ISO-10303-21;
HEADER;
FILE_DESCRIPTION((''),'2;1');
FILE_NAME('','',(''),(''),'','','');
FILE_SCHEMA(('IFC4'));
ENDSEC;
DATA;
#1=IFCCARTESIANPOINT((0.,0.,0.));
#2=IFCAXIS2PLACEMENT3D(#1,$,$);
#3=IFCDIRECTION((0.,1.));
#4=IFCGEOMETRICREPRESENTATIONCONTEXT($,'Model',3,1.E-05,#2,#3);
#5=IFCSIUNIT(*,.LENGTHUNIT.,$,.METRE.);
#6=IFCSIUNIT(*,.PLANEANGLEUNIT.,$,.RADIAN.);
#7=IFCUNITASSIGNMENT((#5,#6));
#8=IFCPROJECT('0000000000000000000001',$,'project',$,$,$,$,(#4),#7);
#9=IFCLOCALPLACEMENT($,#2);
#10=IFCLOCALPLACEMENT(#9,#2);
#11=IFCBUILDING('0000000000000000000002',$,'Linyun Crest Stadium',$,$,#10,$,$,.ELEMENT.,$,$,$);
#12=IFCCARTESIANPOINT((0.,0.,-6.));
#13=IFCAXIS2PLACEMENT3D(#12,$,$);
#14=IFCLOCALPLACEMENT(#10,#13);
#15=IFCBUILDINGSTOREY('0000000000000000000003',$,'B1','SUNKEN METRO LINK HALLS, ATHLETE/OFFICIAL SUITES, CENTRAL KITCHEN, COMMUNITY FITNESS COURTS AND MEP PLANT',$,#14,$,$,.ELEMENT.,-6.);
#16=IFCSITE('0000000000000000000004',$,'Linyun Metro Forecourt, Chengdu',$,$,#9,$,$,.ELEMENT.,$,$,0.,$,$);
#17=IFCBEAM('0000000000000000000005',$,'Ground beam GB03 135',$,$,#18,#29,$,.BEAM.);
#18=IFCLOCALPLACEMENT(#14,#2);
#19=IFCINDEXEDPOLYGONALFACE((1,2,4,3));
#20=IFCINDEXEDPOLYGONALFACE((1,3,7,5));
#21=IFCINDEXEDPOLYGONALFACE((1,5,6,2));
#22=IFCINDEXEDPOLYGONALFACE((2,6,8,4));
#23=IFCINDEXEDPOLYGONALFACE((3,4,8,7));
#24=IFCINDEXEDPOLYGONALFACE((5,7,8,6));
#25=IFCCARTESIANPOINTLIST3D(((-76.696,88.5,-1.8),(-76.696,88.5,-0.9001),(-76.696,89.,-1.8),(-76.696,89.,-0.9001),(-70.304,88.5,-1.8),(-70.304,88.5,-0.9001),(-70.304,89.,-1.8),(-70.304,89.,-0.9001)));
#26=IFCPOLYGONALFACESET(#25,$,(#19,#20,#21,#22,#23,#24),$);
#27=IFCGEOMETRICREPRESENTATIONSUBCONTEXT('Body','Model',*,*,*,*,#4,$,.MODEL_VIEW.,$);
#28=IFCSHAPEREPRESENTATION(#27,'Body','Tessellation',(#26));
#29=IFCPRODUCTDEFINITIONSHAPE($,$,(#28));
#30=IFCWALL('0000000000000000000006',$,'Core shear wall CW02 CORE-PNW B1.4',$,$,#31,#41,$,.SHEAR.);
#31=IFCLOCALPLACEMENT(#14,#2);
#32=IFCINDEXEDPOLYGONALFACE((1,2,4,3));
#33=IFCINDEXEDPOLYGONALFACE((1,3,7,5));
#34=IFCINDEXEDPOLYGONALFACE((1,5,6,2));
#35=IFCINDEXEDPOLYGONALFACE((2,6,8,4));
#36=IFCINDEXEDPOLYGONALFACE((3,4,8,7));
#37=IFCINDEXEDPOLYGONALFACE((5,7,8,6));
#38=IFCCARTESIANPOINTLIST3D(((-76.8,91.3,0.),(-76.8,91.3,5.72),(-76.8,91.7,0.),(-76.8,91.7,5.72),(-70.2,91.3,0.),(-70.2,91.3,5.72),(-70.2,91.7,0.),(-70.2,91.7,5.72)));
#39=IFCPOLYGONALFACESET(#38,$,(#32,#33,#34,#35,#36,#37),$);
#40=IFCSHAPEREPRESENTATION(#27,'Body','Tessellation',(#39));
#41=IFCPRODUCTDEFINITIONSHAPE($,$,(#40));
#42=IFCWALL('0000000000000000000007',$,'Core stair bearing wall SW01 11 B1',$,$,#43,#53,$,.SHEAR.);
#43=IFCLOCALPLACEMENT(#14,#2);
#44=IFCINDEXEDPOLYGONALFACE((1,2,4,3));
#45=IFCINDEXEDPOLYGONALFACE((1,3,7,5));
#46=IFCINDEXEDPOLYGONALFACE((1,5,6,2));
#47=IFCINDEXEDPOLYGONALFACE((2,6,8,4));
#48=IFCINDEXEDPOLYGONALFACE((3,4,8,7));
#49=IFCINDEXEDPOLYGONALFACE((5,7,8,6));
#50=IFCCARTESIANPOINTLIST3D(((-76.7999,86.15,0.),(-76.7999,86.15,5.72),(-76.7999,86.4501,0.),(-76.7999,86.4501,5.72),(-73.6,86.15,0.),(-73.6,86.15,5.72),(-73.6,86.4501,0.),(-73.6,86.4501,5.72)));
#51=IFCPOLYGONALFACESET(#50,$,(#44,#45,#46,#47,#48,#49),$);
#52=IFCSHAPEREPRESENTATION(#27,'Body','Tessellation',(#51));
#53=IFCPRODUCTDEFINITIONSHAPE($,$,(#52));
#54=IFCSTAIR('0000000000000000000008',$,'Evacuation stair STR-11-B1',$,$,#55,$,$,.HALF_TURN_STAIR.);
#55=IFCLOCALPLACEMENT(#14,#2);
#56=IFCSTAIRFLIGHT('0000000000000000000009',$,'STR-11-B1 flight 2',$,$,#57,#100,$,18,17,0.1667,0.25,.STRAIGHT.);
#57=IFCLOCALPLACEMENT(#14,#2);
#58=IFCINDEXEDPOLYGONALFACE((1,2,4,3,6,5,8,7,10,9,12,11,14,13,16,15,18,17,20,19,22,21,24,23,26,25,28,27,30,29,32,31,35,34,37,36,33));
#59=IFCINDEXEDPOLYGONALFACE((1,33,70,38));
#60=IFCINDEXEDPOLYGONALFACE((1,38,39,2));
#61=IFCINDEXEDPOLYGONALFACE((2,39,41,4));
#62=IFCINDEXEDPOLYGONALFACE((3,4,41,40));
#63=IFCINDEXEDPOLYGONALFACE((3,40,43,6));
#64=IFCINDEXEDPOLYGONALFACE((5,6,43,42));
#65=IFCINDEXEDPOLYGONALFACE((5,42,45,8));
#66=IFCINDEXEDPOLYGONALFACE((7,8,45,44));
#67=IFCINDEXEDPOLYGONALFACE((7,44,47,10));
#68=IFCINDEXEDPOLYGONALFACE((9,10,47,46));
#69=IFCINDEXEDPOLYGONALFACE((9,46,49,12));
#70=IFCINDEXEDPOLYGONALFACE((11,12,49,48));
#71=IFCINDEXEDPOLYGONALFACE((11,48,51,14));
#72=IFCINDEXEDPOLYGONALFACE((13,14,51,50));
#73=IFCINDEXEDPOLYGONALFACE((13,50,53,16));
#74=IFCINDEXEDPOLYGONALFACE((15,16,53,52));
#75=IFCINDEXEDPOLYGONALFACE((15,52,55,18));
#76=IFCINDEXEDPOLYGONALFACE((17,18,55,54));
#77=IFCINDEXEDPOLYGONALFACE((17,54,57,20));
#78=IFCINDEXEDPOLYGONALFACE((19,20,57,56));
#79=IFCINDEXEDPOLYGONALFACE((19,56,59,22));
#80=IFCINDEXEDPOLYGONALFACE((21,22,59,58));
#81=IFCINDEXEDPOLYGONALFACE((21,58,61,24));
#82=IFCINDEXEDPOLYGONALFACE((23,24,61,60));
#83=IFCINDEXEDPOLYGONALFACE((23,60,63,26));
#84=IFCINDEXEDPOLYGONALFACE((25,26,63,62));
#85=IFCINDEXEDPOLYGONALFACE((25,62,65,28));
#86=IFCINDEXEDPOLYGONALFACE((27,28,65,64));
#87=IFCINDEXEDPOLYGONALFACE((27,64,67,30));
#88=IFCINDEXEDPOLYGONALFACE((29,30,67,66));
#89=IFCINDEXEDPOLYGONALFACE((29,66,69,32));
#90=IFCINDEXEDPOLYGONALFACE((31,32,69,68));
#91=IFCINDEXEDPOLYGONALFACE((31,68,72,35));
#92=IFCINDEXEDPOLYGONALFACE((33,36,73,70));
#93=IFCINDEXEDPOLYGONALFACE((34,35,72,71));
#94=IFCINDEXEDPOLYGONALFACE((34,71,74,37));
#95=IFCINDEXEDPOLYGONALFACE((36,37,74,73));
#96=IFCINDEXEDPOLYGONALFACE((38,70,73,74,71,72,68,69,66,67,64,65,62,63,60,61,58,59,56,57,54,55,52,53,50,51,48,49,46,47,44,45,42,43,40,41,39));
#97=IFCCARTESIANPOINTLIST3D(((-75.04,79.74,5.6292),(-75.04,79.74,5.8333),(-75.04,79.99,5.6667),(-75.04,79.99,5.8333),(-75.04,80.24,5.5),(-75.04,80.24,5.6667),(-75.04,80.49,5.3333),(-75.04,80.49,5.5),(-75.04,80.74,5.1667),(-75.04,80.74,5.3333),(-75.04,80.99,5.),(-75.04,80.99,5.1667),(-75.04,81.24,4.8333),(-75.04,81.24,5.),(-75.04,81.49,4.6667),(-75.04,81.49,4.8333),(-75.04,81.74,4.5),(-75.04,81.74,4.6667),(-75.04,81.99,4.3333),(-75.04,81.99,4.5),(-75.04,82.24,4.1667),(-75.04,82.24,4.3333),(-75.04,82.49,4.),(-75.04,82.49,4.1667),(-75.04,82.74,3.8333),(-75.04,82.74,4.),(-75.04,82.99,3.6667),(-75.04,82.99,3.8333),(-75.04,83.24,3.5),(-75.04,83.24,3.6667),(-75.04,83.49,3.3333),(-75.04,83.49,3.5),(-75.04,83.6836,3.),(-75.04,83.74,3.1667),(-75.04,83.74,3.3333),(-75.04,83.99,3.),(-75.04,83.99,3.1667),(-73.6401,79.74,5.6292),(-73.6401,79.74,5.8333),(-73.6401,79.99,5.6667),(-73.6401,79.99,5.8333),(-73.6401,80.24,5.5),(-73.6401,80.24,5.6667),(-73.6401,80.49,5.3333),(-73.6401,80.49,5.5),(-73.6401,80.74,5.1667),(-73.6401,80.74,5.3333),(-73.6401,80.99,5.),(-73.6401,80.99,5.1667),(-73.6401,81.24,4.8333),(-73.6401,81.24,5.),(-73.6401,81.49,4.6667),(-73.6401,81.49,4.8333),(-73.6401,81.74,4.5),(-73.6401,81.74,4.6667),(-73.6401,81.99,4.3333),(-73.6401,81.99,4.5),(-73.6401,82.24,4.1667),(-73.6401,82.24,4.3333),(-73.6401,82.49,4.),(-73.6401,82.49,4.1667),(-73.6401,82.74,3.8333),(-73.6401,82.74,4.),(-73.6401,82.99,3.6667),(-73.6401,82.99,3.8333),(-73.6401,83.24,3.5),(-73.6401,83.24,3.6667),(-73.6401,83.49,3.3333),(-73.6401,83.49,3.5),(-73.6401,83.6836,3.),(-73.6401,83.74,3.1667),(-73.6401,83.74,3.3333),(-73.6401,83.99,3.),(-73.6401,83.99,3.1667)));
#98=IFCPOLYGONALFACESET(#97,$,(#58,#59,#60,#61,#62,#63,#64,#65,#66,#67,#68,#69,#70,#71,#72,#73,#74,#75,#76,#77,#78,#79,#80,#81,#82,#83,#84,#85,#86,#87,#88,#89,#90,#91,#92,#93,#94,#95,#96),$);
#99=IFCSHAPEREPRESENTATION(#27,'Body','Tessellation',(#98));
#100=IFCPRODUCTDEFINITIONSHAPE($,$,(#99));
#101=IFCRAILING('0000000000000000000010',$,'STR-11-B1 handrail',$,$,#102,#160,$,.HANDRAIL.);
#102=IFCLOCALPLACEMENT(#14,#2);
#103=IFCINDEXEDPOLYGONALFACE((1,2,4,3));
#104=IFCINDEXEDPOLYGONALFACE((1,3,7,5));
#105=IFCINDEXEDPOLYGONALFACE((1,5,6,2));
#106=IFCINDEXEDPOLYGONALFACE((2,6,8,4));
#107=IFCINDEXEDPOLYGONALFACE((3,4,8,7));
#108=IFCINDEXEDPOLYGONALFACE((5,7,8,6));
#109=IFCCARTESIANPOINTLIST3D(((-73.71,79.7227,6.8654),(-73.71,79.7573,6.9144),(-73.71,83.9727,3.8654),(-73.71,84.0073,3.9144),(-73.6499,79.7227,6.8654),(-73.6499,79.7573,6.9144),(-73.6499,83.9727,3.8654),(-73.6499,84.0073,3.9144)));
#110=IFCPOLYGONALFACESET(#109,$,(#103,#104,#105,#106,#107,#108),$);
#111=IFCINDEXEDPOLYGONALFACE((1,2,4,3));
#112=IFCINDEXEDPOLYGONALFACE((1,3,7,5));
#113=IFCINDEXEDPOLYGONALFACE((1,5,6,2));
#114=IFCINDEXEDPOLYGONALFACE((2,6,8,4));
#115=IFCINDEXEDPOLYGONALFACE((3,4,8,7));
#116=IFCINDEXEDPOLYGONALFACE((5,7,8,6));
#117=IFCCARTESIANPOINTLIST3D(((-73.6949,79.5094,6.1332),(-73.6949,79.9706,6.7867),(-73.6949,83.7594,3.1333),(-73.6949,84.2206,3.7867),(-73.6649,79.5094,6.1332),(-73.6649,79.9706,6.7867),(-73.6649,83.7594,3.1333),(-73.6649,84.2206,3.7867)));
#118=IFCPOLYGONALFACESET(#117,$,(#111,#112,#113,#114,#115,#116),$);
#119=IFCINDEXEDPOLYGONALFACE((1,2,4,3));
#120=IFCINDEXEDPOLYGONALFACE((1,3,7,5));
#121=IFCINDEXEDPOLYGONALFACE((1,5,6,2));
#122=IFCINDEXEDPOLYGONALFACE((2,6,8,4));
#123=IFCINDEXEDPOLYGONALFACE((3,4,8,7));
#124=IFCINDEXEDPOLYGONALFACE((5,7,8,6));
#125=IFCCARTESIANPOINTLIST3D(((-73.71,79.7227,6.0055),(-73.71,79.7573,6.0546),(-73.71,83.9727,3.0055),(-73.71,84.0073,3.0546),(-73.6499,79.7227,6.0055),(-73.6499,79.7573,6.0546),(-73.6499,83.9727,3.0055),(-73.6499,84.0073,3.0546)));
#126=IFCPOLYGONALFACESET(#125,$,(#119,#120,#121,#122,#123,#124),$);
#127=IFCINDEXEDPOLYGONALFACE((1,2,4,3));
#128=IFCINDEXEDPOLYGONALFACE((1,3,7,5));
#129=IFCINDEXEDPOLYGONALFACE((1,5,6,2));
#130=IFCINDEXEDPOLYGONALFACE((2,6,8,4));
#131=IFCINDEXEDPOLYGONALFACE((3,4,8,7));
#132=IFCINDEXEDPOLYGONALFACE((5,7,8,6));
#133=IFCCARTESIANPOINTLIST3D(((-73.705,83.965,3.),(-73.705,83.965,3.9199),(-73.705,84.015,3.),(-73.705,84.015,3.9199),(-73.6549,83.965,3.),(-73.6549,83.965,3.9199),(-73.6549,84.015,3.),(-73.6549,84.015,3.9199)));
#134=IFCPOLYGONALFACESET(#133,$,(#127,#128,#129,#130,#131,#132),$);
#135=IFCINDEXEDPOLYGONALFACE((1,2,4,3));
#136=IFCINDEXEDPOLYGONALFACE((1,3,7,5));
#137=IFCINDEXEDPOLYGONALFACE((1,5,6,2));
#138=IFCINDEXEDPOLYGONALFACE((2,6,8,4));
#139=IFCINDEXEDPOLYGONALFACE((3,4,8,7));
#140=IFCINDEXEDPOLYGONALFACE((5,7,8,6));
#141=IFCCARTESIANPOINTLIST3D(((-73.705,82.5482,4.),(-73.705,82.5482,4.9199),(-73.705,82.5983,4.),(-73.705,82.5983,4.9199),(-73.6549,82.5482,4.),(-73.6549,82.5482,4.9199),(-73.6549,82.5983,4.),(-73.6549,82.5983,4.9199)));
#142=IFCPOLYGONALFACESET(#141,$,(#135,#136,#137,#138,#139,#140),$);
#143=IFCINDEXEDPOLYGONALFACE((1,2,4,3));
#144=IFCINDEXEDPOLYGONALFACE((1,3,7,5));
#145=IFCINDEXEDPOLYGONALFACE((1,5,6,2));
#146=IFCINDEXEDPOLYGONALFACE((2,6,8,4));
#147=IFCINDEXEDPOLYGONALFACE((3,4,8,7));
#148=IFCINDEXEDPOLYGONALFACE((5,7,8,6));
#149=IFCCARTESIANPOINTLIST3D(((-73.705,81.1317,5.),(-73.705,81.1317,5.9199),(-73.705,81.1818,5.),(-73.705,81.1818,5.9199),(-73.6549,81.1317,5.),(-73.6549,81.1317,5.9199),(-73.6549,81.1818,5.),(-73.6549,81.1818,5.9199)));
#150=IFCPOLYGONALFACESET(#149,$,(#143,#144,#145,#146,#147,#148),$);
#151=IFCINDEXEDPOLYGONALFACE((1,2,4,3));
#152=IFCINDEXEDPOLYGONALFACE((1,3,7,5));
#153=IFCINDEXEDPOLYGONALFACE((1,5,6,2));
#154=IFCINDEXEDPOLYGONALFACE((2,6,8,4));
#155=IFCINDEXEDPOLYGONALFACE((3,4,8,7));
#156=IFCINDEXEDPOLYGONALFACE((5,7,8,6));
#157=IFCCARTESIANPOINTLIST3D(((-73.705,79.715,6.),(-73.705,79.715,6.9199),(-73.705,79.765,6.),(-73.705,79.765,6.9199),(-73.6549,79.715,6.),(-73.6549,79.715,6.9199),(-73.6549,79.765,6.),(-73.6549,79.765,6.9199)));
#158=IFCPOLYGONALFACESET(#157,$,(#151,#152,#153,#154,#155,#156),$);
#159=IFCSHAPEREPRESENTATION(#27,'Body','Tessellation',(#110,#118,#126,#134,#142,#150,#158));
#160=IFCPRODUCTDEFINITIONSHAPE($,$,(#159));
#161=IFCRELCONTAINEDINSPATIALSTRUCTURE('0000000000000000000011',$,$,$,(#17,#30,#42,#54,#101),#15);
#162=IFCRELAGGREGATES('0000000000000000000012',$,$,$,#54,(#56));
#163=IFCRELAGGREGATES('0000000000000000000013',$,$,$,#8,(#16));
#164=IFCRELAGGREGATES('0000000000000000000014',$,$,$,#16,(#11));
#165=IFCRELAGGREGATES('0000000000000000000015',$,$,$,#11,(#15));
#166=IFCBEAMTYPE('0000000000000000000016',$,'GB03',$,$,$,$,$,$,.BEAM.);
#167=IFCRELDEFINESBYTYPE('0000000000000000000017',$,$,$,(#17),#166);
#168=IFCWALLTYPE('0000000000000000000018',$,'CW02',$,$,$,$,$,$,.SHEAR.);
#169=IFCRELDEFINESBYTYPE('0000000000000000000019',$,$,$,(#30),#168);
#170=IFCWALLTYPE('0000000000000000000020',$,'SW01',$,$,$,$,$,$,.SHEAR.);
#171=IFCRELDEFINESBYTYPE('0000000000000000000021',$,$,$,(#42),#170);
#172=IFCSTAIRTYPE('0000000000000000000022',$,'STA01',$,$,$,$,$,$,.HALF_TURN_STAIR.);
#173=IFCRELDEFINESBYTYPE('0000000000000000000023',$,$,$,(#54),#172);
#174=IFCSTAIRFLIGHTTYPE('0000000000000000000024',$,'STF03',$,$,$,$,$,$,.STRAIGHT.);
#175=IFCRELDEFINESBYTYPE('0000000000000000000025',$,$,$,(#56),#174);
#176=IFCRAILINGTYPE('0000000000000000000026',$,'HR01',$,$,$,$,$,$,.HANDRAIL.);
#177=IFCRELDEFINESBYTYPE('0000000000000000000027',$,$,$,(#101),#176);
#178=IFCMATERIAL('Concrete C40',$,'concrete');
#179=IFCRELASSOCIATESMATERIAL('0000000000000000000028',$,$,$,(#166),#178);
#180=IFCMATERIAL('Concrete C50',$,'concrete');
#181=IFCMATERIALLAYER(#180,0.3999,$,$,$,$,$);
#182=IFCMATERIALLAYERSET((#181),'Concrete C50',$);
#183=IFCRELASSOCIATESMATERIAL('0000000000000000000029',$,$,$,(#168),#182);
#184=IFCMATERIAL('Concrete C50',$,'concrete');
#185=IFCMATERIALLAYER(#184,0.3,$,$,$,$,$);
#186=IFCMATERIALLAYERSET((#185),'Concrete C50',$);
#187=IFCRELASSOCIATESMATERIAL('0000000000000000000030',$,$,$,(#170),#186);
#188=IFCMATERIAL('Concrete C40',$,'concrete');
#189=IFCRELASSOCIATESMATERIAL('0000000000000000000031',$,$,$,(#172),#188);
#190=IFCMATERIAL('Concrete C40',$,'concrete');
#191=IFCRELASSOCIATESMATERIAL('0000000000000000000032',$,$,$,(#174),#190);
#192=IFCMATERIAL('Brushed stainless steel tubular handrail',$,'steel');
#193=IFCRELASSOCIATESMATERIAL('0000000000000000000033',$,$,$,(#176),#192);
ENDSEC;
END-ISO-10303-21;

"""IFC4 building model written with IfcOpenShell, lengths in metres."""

from ifc_helpers import new_model, si_unit, direction, frame, frame_2d, origin, origin_2d, place, context, subcontext, project, spatial, polyline, rectangle, outline, extrude, material, layer, layer_set, material_profile, profile_set, type_object, element, aggregate, save


model = new_model("IFC4")

# Units and contexts
model_context = context("Model", 3, precision=1e-05, world=origin(), true_north=direction((0.0, 1.0)))
body_context = subcontext(model_context, "Body", "Model", "MODEL_VIEW")
ifc_project = project(units=[si_unit("LENGTHUNIT", "METRE"), si_unit("PLANEANGLEUNIT", "RADIAN")], contexts=[model_context])

# Site, building, storey
site_placement = place(None, origin())
site = spatial("IfcSite", under=ifc_project, at=site_placement, Name="Linyun Metro Forecourt, Chengdu", CompositionType="ELEMENT", RefElevation=0.0)
building_placement = place(site_placement, origin())
building = spatial("IfcBuilding", under=site, at=building_placement, Name="Linyun Crest Stadium", CompositionType="ELEMENT")
storey_placement = place(building_placement, frame((0.0, 0.0, -6.0)))
storey = spatial("IfcBuildingStorey", under=building, at=storey_placement, Name="B1", Description="SUNKEN METRO LINK HALLS, ATHLETE/OFFICIAL SUITES, CENTRAL KITCHEN, COMMUNITY FITNESS COURTS AND MEP PLANT", CompositionType="ELEMENT", Elevation=-6.0)

# Beam
ifc_material_1 = material(Name="Concrete C40", Category="concrete")
ifc_material_profile_1 = material_profile(ifc_material_1, rectangle(XDim=0.5, YDim=0.8999, at=origin_2d()), Name="RCB 900x500")
ifc_profile_set_1 = profile_set([ifc_material_profile_1], Name="Concrete C40")
beam_type_1 = type_object("IfcBeamType", Name="GB03", PredefinedType="BEAM", material=ifc_profile_set_1)
beam_1_placement = place(storey_placement, frame((-76.696, 88.75, -1.3501), z_axis=(1.0, 0.0, 0.0), x_axis=(0.0, 1.0, 0.0)))
element("IfcBeam", 1, at=beam_1_placement, inside=storey, type_object=beam_type_1, Name="Ground beam GB03 135", PredefinedType="BEAM", context=body_context, shape_type="SweptSolid", body=[
    extrude(rectangle(XDim=0.5, YDim=0.8999, at=origin_2d()), origin(), (0.0, 0.0, 1.0), 6.3921),
])

# Walls
ifc_material_2 = material(Name="Concrete C50", Category="concrete")
ifc_layer_1 = layer(ifc_material_2, 0.3999)
ifc_layer_set_1 = layer_set([ifc_layer_1], Name="Concrete C50")
wall_type_1 = type_object("IfcWallType", Name="CW02", PredefinedType="SHEAR", material=ifc_layer_set_1)
wall_1_placement = place(storey_placement, frame((-76.8, 91.5, 0.0), z_axis=(0.0, 0.0, 1.0), x_axis=(1.0, 0.0, 0.0)))
element("IfcWall", 2, at=wall_1_placement, inside=storey, type_object=wall_type_1, Name="Core shear wall CW02 CORE-PNW B1.4", PredefinedType="SHEAR", context=body_context, shape_type="SweptSolid", body=[
    extrude(rectangle(XDim=6.6001, YDim=0.3999, at=frame_2d((3.3, 0.0))), origin(), (0.0, 0.0, 1.0), 5.72),
])
ifc_material_3 = material(Name="Concrete C50", Category="concrete")
ifc_layer_2 = layer(ifc_material_3, 0.3)
ifc_layer_set_2 = layer_set([ifc_layer_2], Name="Concrete C50")
wall_type_2 = type_object("IfcWallType", Name="SW01", PredefinedType="SHEAR", material=ifc_layer_set_2)
wall_2_placement = place(storey_placement, frame((-76.8, 86.3, 0.0), z_axis=(0.0, 0.0, 1.0), x_axis=(1.0, 0.0, 0.0)))
element("IfcWall", 3, at=wall_2_placement, inside=storey, type_object=wall_type_2, Name="Core stair bearing wall SW01 11 B1", PredefinedType="SHEAR", context=body_context, shape_type="SweptSolid", body=[
    extrude(rectangle(XDim=3.2, YDim=0.3, at=frame_2d((1.6001, 0.0))), origin(), (0.0, 0.0, 1.0), 5.72),
])

# Stair, stair flight
ifc_material_4 = material(Name="Concrete C40", Category="concrete")
stair_type = type_object("IfcStairType", Name="STA01", PredefinedType="HALF_TURN_STAIR", material=ifc_material_4)
stair_placement = place(storey_placement, origin())
stair = element("IfcStair", 4, at=stair_placement, inside=storey, type_object=stair_type, Name="Evacuation stair STR-11-B1", PredefinedType="HALF_TURN_STAIR")
ifc_material_5 = material(Name="Concrete C40", Category="concrete")
stair_flight_type = type_object("IfcStairFlightType", Name="STF03", PredefinedType="STRAIGHT", material=ifc_material_5)
stair_flight_placement = place(storey_placement, frame((-74.3401, 83.99, 3.0), z_axis=(0.0, 0.0, 1.0), x_axis=(0.0, -1.0, 0.0)))
stair_flight = element("IfcStairFlight", 5, at=stair_flight_placement, type_object=stair_flight_type, Name="STR-11-B1 flight 2", NumberOfRisers=18, NumberOfTreads=17, PredefinedType="STRAIGHT", RiserHeight=0.1667, TreadLength=0.25, context=body_context, shape_type="SweptSolid", body=[
    extrude(outline(polyline([(0.0, 0.0), (0.0, 0.1667), (0.25, 0.1667), (0.25, 0.3333), (0.5, 0.3333), (0.5, 0.5), (0.75, 0.5), (0.75, 0.6667), (1.0, 0.6667), (1.0, 0.8333), (1.25, 0.8333), (1.25, 1.0), (1.5, 1.0), (1.5, 1.1667), (1.75, 1.1667), (1.75, 1.3333), (2.0, 1.3333), (2.0, 1.5), (2.25, 1.5), (2.25, 1.6667), (2.5, 1.6667), (2.5, 1.8333), (2.75, 1.8333), (2.75, 2.0), (3.0, 2.0), (3.0, 2.1667), (3.25, 2.1667), (3.25, 2.3333), (3.5, 2.3333), (3.5, 2.5), (3.75, 2.5), (3.75, 2.6667), (4.0, 2.6667), (4.0, 2.8333), (4.25, 2.8333), (4.25, 3.0), (4.25, 2.6292), (0.3064, 0.0), (0.0, 0.0)])), frame((0.0, 0.7, 0.0), z_axis=(0.0, -1.0, 0.0), x_axis=(1.0, 0.0, 0.0)), (0.0, 0.0, 1.0), 1.3999),
])
aggregate(stair, [stair_flight])

# Railing
ifc_material_6 = material(Name="Brushed stainless steel tubular handrail", Category="steel")
railing_type = type_object("IfcRailingType", Name="HR01", PredefinedType="HANDRAIL", material=ifc_material_6)
railing_placement = place(storey_placement, frame((-73.6799, 83.99, 3.0)))
element("IfcRailing", 6, at=railing_placement, inside=storey, type_object=railing_type, Name="STR-11-B1 handrail", PredefinedType="HANDRAIL", context=body_context, shape_type="SweptSolid", body=[
    extrude(rectangle(XDim=0.0601, YDim=0.0601, at=origin_2d()), frame((0.0, 0.0, 0.8899), z_axis=(0.0, -0.816968, 0.576683), x_axis=(1.0, 0.0, 0.0)), (0.0, 0.0, 1.0), 5.2021),
    extrude(rectangle(XDim=0.03, YDim=0.7998, at=origin_2d()), frame((0.0, 0.0, 0.46), z_axis=(0.0, -0.816968, 0.576683), x_axis=(1.0, 0.0, 0.0)), (0.0, 0.0, 1.0), 5.2021),
    extrude(rectangle(XDim=0.0601, YDim=0.0601, at=origin_2d()), frame((0.0, 0.0, 0.03), z_axis=(0.0, -0.816968, 0.576683), x_axis=(1.0, 0.0, 0.0)), (0.0, 0.0, 1.0), 5.2021),
    extrude(rectangle(XDim=0.05, YDim=0.05, at=origin_2d()), origin(), (0.0, 0.0, 1.0), 0.9199),
    extrude(rectangle(XDim=0.05, YDim=0.05, at=origin_2d()), frame((0.0, -1.4167, 1.0)), (0.0, 0.0, 1.0), 0.9199),
    extrude(rectangle(XDim=0.05, YDim=0.05, at=origin_2d()), frame((0.0, -2.8333, 2.0)), (0.0, 0.0, 1.0), 0.9199),
    extrude(rectangle(XDim=0.05, YDim=0.05, at=origin_2d()), frame((0.0, -4.25, 3.0)), (0.0, 0.0, 1.0), 0.9199),
])

save(model, "model.ifc")
